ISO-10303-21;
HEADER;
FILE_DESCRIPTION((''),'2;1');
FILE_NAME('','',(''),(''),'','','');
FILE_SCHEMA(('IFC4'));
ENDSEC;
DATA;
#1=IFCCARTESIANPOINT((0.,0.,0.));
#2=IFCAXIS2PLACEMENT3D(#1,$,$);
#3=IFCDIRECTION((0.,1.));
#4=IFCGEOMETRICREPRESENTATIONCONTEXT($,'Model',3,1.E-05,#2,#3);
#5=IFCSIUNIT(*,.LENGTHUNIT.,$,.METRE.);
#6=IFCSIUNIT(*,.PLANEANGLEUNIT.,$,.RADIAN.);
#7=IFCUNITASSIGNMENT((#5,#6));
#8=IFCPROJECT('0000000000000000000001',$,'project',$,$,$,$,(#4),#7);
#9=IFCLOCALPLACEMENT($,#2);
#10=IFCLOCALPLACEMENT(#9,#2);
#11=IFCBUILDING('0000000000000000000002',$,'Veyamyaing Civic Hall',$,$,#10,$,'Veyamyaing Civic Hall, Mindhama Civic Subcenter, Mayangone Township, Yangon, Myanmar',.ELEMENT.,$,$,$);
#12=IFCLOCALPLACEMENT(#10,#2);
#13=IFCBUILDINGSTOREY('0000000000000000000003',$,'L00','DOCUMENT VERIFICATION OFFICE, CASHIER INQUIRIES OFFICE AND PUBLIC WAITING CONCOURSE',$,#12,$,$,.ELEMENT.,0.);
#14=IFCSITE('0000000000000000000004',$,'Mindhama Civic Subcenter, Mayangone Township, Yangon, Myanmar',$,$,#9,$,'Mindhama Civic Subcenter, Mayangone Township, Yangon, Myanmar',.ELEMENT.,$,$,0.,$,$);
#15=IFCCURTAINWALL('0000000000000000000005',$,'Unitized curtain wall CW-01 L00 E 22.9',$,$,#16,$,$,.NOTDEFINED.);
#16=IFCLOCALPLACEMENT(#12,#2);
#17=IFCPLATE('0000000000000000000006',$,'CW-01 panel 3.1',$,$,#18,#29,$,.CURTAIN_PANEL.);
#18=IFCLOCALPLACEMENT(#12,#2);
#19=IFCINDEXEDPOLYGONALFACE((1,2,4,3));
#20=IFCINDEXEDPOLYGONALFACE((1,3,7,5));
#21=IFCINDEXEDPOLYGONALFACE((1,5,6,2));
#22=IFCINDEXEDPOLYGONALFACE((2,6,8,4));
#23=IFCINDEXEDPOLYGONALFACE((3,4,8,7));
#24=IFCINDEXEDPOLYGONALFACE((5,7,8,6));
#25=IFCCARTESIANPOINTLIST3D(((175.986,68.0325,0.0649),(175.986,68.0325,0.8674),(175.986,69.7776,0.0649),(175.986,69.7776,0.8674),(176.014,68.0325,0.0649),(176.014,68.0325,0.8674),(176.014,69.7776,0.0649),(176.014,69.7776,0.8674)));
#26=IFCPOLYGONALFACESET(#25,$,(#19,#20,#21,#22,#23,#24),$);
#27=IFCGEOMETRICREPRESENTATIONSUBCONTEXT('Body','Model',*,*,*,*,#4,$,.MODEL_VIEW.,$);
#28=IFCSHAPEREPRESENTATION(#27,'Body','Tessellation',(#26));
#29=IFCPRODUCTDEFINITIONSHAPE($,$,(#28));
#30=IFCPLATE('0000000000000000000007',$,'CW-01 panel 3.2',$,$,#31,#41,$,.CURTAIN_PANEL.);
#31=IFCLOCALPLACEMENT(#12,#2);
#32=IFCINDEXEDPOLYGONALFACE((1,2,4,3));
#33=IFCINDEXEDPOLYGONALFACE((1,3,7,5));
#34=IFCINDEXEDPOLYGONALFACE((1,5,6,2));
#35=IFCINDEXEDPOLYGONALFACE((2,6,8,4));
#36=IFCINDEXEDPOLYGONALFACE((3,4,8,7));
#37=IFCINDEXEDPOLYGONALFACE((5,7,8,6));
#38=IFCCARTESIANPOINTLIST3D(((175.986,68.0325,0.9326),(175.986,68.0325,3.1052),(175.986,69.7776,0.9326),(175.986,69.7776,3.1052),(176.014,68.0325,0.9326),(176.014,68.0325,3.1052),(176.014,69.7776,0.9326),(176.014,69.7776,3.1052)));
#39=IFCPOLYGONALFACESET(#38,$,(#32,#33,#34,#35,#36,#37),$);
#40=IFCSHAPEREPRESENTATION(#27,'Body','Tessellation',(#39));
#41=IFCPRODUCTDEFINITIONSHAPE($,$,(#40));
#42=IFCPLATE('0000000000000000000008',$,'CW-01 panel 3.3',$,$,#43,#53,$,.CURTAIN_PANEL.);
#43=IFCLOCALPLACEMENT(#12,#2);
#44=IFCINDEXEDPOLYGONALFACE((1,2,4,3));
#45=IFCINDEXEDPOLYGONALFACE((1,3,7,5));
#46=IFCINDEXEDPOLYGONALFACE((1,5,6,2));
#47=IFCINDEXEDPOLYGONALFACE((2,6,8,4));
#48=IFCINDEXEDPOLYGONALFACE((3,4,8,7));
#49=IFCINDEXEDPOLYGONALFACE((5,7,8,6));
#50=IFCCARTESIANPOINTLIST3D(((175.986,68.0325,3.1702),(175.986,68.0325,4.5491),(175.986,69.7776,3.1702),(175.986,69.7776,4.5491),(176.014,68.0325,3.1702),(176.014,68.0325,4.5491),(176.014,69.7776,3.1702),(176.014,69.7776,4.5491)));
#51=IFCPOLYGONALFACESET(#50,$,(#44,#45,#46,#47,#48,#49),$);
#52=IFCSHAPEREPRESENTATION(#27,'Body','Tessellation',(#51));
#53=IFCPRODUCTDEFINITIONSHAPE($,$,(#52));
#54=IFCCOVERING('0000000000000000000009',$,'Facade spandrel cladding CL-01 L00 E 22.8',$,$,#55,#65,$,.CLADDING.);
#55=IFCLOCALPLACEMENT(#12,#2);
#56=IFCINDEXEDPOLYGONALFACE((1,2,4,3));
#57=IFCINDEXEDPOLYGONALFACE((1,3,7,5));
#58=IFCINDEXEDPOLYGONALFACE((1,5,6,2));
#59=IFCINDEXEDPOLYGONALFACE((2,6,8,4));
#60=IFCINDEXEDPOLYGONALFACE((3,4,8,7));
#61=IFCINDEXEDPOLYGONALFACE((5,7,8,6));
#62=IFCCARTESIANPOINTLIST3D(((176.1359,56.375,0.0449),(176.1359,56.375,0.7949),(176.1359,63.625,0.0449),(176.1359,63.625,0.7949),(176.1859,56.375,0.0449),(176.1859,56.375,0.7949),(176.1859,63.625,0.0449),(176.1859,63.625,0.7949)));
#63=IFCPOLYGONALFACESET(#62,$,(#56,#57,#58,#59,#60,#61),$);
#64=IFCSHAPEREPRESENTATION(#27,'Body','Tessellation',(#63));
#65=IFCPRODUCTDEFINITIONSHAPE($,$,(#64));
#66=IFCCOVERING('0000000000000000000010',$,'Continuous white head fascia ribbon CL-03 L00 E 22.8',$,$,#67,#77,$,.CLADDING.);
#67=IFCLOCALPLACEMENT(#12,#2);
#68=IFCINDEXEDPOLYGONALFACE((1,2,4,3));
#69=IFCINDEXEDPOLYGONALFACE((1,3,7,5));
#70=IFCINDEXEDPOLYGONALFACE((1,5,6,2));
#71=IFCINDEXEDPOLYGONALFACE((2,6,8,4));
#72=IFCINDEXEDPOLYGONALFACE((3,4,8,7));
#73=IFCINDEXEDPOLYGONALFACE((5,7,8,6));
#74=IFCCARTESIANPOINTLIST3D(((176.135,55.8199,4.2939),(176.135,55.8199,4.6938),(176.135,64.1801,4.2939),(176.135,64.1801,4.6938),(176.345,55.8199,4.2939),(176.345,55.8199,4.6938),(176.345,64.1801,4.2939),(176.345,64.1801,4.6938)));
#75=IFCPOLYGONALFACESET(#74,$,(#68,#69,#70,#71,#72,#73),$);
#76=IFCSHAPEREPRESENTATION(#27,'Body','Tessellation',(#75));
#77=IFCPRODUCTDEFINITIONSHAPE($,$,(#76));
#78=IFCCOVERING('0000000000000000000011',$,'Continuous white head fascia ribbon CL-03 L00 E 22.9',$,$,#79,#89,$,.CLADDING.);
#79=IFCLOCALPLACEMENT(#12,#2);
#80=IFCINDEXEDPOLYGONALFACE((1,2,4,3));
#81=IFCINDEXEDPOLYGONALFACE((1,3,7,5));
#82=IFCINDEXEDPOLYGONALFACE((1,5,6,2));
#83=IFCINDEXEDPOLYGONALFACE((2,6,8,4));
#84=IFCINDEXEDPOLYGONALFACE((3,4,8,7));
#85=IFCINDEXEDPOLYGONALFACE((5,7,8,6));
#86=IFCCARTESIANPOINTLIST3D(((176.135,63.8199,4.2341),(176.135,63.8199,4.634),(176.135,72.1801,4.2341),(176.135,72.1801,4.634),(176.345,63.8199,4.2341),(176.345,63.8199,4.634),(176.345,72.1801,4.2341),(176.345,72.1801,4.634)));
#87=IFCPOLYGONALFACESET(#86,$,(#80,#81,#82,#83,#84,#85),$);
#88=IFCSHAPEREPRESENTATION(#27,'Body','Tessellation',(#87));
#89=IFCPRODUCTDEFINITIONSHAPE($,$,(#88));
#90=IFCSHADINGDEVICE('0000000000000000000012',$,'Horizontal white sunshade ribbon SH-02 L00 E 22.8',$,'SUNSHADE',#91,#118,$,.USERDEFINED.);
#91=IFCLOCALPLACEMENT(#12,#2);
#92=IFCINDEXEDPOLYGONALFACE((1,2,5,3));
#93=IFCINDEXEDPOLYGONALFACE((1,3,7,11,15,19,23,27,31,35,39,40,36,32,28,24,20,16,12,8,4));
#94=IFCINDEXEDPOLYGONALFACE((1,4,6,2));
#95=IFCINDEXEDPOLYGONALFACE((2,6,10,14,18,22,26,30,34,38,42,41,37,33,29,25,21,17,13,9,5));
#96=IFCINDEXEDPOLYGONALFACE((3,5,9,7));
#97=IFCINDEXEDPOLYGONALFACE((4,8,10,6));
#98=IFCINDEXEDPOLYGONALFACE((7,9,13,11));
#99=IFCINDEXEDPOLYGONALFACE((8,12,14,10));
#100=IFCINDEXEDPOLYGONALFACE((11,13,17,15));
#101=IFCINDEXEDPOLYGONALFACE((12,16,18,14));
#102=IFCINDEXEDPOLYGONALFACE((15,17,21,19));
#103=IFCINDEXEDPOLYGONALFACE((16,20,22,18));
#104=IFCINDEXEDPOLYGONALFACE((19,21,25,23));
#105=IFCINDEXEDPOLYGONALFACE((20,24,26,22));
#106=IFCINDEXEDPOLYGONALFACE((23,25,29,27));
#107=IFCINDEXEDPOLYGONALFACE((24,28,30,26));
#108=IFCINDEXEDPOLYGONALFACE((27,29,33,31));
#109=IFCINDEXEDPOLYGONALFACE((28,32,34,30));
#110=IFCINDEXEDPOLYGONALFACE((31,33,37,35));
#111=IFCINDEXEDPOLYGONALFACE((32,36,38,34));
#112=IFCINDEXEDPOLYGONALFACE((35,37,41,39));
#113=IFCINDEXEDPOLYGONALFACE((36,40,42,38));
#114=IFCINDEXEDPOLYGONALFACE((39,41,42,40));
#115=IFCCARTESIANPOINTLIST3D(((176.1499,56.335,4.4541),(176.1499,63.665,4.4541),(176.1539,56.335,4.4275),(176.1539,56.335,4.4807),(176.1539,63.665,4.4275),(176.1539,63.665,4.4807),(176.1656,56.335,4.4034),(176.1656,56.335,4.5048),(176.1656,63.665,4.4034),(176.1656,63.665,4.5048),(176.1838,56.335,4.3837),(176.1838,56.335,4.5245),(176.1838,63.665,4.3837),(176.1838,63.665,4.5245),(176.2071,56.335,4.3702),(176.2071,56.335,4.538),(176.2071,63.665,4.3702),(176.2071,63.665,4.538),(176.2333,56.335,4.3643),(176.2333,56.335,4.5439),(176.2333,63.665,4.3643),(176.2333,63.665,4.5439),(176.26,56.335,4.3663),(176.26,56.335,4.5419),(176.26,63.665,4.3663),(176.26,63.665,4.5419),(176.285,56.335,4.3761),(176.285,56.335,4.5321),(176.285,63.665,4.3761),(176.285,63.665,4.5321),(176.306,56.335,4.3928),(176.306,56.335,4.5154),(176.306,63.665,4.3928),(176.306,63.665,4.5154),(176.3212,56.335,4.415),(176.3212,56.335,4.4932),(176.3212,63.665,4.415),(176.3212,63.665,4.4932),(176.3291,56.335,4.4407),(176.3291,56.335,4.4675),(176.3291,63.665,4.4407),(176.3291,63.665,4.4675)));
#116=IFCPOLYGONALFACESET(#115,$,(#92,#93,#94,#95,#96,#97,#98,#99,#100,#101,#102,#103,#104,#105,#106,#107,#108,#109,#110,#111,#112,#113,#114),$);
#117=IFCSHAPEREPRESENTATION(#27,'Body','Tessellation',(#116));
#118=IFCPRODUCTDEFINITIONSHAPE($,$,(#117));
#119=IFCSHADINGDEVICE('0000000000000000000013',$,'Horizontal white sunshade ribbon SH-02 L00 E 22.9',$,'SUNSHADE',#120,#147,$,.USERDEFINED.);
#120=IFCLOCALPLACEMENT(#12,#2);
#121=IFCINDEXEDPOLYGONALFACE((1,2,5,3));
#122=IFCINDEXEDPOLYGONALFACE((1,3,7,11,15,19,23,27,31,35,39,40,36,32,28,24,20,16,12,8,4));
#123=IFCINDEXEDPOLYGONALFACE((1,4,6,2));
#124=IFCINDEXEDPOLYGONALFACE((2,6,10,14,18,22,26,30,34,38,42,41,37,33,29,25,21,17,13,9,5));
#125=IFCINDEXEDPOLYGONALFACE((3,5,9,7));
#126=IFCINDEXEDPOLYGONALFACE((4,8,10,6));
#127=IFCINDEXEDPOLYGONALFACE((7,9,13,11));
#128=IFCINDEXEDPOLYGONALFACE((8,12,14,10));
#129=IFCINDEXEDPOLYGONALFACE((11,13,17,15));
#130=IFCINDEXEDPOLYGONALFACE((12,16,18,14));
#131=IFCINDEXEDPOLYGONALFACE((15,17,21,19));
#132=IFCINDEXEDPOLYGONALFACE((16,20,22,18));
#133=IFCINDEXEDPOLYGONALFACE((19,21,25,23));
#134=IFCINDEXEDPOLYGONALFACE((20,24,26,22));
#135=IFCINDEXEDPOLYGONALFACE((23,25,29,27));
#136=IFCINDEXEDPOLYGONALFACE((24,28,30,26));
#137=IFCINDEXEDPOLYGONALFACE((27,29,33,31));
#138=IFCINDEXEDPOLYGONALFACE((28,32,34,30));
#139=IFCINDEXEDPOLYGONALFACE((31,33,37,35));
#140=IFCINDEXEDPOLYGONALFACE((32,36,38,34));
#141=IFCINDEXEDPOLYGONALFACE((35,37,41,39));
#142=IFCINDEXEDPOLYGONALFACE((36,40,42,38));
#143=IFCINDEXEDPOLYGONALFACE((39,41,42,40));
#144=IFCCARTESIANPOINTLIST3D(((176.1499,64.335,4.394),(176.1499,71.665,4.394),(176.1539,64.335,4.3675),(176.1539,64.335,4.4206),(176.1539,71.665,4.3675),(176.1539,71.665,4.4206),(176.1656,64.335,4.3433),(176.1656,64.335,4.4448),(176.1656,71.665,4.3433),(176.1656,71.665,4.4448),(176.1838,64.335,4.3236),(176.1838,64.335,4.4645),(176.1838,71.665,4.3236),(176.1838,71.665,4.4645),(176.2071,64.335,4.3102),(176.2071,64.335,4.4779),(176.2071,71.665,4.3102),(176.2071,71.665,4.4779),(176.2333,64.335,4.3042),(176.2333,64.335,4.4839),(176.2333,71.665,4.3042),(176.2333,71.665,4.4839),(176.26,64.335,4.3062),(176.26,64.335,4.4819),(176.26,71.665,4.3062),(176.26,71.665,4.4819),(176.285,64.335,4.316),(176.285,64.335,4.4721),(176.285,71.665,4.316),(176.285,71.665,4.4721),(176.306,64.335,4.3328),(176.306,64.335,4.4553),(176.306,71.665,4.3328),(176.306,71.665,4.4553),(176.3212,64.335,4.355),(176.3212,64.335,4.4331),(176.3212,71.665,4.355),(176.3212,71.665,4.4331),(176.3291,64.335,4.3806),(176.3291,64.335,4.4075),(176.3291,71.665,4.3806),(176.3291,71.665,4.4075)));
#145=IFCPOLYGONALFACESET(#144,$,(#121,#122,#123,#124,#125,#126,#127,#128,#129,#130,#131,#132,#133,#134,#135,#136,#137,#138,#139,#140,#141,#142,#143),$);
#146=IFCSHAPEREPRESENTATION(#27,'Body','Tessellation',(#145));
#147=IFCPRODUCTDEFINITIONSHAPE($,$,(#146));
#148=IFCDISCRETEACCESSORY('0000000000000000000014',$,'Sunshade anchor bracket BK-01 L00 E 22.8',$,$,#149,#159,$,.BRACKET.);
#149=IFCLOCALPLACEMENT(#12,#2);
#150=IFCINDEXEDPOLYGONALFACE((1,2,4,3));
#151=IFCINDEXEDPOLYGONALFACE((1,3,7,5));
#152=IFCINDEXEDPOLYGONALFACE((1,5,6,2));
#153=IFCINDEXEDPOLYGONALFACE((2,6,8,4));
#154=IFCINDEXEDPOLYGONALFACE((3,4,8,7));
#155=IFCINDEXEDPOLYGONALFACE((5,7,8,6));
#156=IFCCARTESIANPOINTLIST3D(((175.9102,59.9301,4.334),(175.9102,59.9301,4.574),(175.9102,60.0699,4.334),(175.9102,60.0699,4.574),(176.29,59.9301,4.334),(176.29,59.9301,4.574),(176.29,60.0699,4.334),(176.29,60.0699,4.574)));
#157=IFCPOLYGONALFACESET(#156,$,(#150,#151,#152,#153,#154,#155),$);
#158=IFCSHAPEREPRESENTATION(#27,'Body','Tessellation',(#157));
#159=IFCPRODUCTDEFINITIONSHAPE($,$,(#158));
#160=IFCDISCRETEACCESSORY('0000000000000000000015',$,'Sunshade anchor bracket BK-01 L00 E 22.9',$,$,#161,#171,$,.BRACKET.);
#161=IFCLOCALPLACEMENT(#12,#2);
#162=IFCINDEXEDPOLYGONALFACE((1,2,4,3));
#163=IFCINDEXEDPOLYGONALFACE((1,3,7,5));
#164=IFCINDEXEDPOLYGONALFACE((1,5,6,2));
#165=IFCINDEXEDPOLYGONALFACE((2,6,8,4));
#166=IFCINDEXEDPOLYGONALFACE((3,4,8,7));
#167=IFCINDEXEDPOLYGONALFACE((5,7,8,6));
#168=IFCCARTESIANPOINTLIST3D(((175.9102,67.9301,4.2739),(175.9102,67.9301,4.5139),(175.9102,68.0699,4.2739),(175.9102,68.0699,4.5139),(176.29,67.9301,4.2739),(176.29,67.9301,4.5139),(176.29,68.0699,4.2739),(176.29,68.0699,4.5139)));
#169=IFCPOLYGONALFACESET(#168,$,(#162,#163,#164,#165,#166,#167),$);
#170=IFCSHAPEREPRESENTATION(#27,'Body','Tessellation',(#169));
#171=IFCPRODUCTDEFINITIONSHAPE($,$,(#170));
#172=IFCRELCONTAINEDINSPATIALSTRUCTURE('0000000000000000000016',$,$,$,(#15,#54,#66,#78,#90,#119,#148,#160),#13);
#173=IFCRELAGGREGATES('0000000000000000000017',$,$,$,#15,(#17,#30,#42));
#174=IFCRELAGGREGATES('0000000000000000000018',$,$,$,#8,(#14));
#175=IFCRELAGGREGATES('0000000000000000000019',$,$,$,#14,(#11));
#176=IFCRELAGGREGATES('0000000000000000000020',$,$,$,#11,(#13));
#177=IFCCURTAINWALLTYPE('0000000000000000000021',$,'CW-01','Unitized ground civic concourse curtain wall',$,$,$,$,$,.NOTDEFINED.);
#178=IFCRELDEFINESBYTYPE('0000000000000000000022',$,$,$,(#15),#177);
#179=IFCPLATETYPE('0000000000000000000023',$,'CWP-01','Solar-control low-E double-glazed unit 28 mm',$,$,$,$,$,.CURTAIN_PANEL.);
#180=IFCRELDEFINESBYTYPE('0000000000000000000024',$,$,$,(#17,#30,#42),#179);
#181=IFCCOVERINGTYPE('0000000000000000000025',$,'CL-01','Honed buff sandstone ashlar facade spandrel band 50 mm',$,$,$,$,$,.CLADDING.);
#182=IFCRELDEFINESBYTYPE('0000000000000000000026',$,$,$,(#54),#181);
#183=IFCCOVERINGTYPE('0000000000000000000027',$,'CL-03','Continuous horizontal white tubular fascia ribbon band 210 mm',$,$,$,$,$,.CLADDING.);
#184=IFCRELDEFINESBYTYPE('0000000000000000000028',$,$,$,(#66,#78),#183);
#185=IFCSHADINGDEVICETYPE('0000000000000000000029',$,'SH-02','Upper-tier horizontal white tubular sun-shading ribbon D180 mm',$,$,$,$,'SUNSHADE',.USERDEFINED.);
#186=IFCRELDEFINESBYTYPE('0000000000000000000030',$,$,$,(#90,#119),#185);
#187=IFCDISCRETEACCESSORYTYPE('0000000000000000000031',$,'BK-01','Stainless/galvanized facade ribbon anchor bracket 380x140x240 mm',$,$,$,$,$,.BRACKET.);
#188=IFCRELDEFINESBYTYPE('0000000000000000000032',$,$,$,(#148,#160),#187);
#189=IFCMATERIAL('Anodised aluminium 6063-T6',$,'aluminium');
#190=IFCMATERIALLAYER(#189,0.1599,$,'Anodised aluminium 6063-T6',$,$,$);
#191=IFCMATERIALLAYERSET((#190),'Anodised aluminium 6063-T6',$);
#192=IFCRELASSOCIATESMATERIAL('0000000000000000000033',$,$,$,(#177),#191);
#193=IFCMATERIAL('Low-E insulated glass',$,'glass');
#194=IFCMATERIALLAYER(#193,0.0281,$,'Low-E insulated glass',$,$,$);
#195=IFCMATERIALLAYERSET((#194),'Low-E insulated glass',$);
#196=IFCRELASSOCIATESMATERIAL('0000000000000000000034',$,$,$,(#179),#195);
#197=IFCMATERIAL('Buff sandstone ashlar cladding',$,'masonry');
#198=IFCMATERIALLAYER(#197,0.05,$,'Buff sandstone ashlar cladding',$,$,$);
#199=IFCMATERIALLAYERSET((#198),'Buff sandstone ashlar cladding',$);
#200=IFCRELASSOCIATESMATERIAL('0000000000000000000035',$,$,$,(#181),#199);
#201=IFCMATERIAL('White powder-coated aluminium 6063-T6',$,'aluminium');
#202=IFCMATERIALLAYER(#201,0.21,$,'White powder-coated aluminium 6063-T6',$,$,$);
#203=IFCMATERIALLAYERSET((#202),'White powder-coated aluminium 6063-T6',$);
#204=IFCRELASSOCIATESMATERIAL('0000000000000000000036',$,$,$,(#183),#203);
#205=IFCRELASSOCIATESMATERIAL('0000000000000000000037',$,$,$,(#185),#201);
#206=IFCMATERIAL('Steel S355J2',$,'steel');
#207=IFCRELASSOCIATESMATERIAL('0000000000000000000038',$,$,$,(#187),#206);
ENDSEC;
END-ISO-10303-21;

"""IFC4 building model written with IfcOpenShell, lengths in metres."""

from ifc_helpers import new_model, si_unit, direction, frame, origin, origin_2d, place, context, subcontext, project, spatial, rectangle, circle, extrude, material, layer, layer_set, material_profile, profile_set, type_object, element, aggregate, save


model = new_model("IFC4")

# Units and contexts
model_context = context("Model", 3, precision=1e-05, world=origin(), true_north=direction((0.0, 1.0)))
body_context = subcontext(model_context, "Body", "Model", "MODEL_VIEW")
ifc_project = project(units=[si_unit("LENGTHUNIT", "METRE"), si_unit("PLANEANGLEUNIT", "RADIAN")], contexts=[model_context])

# Site, building, storey
site_placement = place(None, origin())
site = spatial("IfcSite", under=ifc_project, at=site_placement, Name="Mindhama Civic Subcenter, Mayangone Township, Yangon, Myanmar", LongName="Mindhama Civic Subcenter, Mayangone Township, Yangon, Myanmar", CompositionType="ELEMENT", RefElevation=0.0)
building_placement = place(site_placement, origin())
building = spatial("IfcBuilding", under=site, at=building_placement, Name="Veyamyaing Civic Hall", LongName="Veyamyaing Civic Hall, Mindhama Civic Subcenter, Mayangone Township, Yangon, Myanmar", CompositionType="ELEMENT")
storey_placement = place(building_placement, origin())
storey = spatial("IfcBuildingStorey", under=building, at=storey_placement, Name="L00", Description="DOCUMENT VERIFICATION OFFICE, CASHIER INQUIRIES OFFICE AND PUBLIC WAITING CONCOURSE", CompositionType="ELEMENT", Elevation=0.0)

# Curtain wall, plates
ifc_material_1 = material(Name="Anodised aluminium 6063-T6", Category="aluminium")
ifc_layer_1 = layer(ifc_material_1, 0.1599, Name="Anodised aluminium 6063-T6")
ifc_layer_set_1 = layer_set([ifc_layer_1], Name="Anodised aluminium 6063-T6")
curtain_wall_type = type_object("IfcCurtainWallType", Name="CW-01", Description="Unitized ground civic concourse curtain wall", PredefinedType="NOTDEFINED", material=ifc_layer_set_1)
curtain_wall_placement = place(storey_placement, origin())
curtain_wall = element("IfcCurtainWall", 1, at=curtain_wall_placement, inside=storey, type_object=curtain_wall_type, Name="Unitized curtain wall CW-01 L00 E 22.9", PredefinedType="NOTDEFINED")
ifc_material_2 = material(Name="Low-E insulated glass", Category="glass")
ifc_layer_2 = layer(ifc_material_2, 0.0281, Name="Low-E insulated glass")
ifc_layer_set_2 = layer_set([ifc_layer_2], Name="Low-E insulated glass")
plate_type = type_object("IfcPlateType", Name="CWP-01", Description="Solar-control low-E double-glazed unit 28 mm", PredefinedType="CURTAIN_PANEL", material=ifc_layer_set_2)
plate_1_placement = place(storey_placement, frame((176.0, 68.905, 0.0649), z_axis=(0.0, 0.0, 1.0), x_axis=(0.0, 1.0, 0.0)))
plate_1 = element("IfcPlate", 2, at=plate_1_placement, type_object=plate_type, Name="CW-01 panel 3.1", PredefinedType="CURTAIN_PANEL", context=body_context, shape_type="SweptSolid", body=[
    extrude(rectangle(XDim=1.7451, YDim=0.0281, at=origin_2d()), origin(), (0.0, 0.0, 1.0), 0.8025),
])
plate_2_placement = place(storey_placement, frame((176.0, 68.905, 0.9326), z_axis=(0.0, 0.0, 1.0), x_axis=(0.0, 1.0, 0.0)))
plate_2 = element("IfcPlate", 3, at=plate_2_placement, type_object=plate_type, Name="CW-01 panel 3.2", PredefinedType="CURTAIN_PANEL", context=body_context, shape_type="SweptSolid", body=[
    extrude(rectangle(XDim=1.7451, YDim=0.0281, at=origin_2d()), origin(), (0.0, 0.0, 1.0), 2.1726),
])
plate_3_placement = place(storey_placement, frame((176.0, 68.905, 3.1702), z_axis=(0.0, 0.0, 1.0), x_axis=(0.0, 1.0, 0.0)))
plate_3 = element("IfcPlate", 4, at=plate_3_placement, type_object=plate_type, Name="CW-01 panel 3.3", PredefinedType="CURTAIN_PANEL", context=body_context, shape_type="SweptSolid", body=[
    extrude(rectangle(XDim=1.7451, YDim=0.0281, at=origin_2d()), origin(), (0.0, 0.0, 1.0), 1.3789),
])
aggregate(curtain_wall, [plate_1, plate_2, plate_3])

# Coverings
ifc_material_3 = material(Name="Buff sandstone ashlar cladding", Category="masonry")
ifc_layer_3 = layer(ifc_material_3, 0.05, Name="Buff sandstone ashlar cladding")
ifc_layer_set_3 = layer_set([ifc_layer_3], Name="Buff sandstone ashlar cladding")
covering_type_1 = type_object("IfcCoveringType", Name="CL-01", Description="Honed buff sandstone ashlar facade spandrel band 50 mm", PredefinedType="CLADDING", material=ifc_layer_set_3)
covering_placement = place(storey_placement, frame((176.1609, 60.0, 0.0449), z_axis=(0.0, 0.0, 1.0), x_axis=(0.0, 1.0, 0.0)))
element("IfcCovering", 5, at=covering_placement, inside=storey, type_object=covering_type_1, Name="Facade spandrel cladding CL-01 L00 E 22.8", PredefinedType="CLADDING", context=body_context, shape_type="SweptSolid", body=[
    extrude(rectangle(XDim=7.25, YDim=0.05, at=origin_2d()), origin(), (0.0, 0.0, 1.0), 0.75),
])
ifc_material_4 = material(Name="White powder-coated aluminium 6063-T6", Category="aluminium")
ifc_layer_4 = layer(ifc_material_4, 0.21, Name="White powder-coated aluminium 6063-T6")
ifc_layer_set_4 = layer_set([ifc_layer_4], Name="White powder-coated aluminium 6063-T6")
covering_type_2 = type_object("IfcCoveringType", Name="CL-03", Description="Continuous horizontal white tubular fascia ribbon band 210 mm", PredefinedType="CLADDING", material=ifc_layer_set_4)
for number, where, z_axis, x_axis, name in (
    (6, (176.24, 60.0, 4.2939), (0.0, 0.0, 1.0), (0.0, 1.0, 0.0), "Continuous white head fascia ribbon CL-03 L00 E 22.8"),
    (7, (176.24, 68.0, 4.2341), (0.0, 0.0, 1.0), (0.0, 1.0, 0.0), "Continuous white head fascia ribbon CL-03 L00 E 22.9"),
):
    element("IfcCovering", number, at=place(storey_placement, frame(where, z_axis=z_axis, x_axis=x_axis)), inside=storey, type_object=covering_type_2, Name=name, PredefinedType="CLADDING", context=body_context, shape_type="SweptSolid", body=[
        extrude(rectangle(XDim=8.3601, YDim=0.21, at=origin_2d()), origin(), (0.0, 0.0, 1.0), 0.3999),
    ])

# Shading devices
ifc_material_profile_1 = material_profile(ifc_material_4, circle(Radius=0.0901, at=origin_2d()), Name="SHADE-TUBE-180")
ifc_profile_set_1 = profile_set([ifc_material_profile_1], Name="White powder-coated aluminium 6063-T6")
shading_device_type = type_object("IfcShadingDeviceType", Name="SH-02", Description="Upper-tier horizontal white tubular sun-shading ribbon D180 mm", ElementType="SUNSHADE", PredefinedType="USERDEFINED", material=ifc_profile_set_1)
for number, where, z_axis, x_axis, name in (
    (8, (176.24, 56.335, 4.4541), (0.0, 1.0, 0.0), (-1.0, 0.0, 0.0), "Horizontal white sunshade ribbon SH-02 L00 E 22.8"),
    (9, (176.24, 64.335, 4.394), (0.0, 1.0, 0.0), (-1.0, 0.0, 0.0), "Horizontal white sunshade ribbon SH-02 L00 E 22.9"),
):
    element("IfcShadingDevice", number, at=place(storey_placement, frame(where, z_axis=z_axis, x_axis=x_axis)), inside=storey, type_object=shading_device_type, Name=name, ObjectType="SUNSHADE", PredefinedType="USERDEFINED", context=body_context, shape_type="SweptSolid", body=[
        extrude(circle(Radius=0.0901, at=origin_2d()), origin(), (0.0, 0.0, 1.0), 7.3301),
    ])

# Discrete accessories
ifc_material_5 = material(Name="Steel S355J2", Category="steel")
discrete_accessory_type = type_object("IfcDiscreteAccessoryType", Name="BK-01", Description="Stainless/galvanized facade ribbon anchor bracket 380x140x240 mm", PredefinedType="BRACKET", material=ifc_material_5)
for number, where, z_axis, x_axis, name in (
    (10, (176.1001, 60.0, 4.334), (0.0, 0.0, 1.0), (1.0, 0.0, 0.0), "Sunshade anchor bracket BK-01 L00 E 22.8"),
    (11, (176.1001, 68.0, 4.2739), (0.0, 0.0, 1.0), (1.0, 0.0, 0.0), "Sunshade anchor bracket BK-01 L00 E 22.9"),
):
    element("IfcDiscreteAccessory", number, at=place(storey_placement, frame(where, z_axis=z_axis, x_axis=x_axis)), inside=storey, type_object=discrete_accessory_type, Name=name, PredefinedType="BRACKET", context=body_context, shape_type="SweptSolid", body=[
        extrude(rectangle(XDim=0.3799, YDim=0.1399, at=origin_2d()), origin(), (0.0, 0.0, 1.0), 0.24),
    ])

save(model, "model.ifc")
